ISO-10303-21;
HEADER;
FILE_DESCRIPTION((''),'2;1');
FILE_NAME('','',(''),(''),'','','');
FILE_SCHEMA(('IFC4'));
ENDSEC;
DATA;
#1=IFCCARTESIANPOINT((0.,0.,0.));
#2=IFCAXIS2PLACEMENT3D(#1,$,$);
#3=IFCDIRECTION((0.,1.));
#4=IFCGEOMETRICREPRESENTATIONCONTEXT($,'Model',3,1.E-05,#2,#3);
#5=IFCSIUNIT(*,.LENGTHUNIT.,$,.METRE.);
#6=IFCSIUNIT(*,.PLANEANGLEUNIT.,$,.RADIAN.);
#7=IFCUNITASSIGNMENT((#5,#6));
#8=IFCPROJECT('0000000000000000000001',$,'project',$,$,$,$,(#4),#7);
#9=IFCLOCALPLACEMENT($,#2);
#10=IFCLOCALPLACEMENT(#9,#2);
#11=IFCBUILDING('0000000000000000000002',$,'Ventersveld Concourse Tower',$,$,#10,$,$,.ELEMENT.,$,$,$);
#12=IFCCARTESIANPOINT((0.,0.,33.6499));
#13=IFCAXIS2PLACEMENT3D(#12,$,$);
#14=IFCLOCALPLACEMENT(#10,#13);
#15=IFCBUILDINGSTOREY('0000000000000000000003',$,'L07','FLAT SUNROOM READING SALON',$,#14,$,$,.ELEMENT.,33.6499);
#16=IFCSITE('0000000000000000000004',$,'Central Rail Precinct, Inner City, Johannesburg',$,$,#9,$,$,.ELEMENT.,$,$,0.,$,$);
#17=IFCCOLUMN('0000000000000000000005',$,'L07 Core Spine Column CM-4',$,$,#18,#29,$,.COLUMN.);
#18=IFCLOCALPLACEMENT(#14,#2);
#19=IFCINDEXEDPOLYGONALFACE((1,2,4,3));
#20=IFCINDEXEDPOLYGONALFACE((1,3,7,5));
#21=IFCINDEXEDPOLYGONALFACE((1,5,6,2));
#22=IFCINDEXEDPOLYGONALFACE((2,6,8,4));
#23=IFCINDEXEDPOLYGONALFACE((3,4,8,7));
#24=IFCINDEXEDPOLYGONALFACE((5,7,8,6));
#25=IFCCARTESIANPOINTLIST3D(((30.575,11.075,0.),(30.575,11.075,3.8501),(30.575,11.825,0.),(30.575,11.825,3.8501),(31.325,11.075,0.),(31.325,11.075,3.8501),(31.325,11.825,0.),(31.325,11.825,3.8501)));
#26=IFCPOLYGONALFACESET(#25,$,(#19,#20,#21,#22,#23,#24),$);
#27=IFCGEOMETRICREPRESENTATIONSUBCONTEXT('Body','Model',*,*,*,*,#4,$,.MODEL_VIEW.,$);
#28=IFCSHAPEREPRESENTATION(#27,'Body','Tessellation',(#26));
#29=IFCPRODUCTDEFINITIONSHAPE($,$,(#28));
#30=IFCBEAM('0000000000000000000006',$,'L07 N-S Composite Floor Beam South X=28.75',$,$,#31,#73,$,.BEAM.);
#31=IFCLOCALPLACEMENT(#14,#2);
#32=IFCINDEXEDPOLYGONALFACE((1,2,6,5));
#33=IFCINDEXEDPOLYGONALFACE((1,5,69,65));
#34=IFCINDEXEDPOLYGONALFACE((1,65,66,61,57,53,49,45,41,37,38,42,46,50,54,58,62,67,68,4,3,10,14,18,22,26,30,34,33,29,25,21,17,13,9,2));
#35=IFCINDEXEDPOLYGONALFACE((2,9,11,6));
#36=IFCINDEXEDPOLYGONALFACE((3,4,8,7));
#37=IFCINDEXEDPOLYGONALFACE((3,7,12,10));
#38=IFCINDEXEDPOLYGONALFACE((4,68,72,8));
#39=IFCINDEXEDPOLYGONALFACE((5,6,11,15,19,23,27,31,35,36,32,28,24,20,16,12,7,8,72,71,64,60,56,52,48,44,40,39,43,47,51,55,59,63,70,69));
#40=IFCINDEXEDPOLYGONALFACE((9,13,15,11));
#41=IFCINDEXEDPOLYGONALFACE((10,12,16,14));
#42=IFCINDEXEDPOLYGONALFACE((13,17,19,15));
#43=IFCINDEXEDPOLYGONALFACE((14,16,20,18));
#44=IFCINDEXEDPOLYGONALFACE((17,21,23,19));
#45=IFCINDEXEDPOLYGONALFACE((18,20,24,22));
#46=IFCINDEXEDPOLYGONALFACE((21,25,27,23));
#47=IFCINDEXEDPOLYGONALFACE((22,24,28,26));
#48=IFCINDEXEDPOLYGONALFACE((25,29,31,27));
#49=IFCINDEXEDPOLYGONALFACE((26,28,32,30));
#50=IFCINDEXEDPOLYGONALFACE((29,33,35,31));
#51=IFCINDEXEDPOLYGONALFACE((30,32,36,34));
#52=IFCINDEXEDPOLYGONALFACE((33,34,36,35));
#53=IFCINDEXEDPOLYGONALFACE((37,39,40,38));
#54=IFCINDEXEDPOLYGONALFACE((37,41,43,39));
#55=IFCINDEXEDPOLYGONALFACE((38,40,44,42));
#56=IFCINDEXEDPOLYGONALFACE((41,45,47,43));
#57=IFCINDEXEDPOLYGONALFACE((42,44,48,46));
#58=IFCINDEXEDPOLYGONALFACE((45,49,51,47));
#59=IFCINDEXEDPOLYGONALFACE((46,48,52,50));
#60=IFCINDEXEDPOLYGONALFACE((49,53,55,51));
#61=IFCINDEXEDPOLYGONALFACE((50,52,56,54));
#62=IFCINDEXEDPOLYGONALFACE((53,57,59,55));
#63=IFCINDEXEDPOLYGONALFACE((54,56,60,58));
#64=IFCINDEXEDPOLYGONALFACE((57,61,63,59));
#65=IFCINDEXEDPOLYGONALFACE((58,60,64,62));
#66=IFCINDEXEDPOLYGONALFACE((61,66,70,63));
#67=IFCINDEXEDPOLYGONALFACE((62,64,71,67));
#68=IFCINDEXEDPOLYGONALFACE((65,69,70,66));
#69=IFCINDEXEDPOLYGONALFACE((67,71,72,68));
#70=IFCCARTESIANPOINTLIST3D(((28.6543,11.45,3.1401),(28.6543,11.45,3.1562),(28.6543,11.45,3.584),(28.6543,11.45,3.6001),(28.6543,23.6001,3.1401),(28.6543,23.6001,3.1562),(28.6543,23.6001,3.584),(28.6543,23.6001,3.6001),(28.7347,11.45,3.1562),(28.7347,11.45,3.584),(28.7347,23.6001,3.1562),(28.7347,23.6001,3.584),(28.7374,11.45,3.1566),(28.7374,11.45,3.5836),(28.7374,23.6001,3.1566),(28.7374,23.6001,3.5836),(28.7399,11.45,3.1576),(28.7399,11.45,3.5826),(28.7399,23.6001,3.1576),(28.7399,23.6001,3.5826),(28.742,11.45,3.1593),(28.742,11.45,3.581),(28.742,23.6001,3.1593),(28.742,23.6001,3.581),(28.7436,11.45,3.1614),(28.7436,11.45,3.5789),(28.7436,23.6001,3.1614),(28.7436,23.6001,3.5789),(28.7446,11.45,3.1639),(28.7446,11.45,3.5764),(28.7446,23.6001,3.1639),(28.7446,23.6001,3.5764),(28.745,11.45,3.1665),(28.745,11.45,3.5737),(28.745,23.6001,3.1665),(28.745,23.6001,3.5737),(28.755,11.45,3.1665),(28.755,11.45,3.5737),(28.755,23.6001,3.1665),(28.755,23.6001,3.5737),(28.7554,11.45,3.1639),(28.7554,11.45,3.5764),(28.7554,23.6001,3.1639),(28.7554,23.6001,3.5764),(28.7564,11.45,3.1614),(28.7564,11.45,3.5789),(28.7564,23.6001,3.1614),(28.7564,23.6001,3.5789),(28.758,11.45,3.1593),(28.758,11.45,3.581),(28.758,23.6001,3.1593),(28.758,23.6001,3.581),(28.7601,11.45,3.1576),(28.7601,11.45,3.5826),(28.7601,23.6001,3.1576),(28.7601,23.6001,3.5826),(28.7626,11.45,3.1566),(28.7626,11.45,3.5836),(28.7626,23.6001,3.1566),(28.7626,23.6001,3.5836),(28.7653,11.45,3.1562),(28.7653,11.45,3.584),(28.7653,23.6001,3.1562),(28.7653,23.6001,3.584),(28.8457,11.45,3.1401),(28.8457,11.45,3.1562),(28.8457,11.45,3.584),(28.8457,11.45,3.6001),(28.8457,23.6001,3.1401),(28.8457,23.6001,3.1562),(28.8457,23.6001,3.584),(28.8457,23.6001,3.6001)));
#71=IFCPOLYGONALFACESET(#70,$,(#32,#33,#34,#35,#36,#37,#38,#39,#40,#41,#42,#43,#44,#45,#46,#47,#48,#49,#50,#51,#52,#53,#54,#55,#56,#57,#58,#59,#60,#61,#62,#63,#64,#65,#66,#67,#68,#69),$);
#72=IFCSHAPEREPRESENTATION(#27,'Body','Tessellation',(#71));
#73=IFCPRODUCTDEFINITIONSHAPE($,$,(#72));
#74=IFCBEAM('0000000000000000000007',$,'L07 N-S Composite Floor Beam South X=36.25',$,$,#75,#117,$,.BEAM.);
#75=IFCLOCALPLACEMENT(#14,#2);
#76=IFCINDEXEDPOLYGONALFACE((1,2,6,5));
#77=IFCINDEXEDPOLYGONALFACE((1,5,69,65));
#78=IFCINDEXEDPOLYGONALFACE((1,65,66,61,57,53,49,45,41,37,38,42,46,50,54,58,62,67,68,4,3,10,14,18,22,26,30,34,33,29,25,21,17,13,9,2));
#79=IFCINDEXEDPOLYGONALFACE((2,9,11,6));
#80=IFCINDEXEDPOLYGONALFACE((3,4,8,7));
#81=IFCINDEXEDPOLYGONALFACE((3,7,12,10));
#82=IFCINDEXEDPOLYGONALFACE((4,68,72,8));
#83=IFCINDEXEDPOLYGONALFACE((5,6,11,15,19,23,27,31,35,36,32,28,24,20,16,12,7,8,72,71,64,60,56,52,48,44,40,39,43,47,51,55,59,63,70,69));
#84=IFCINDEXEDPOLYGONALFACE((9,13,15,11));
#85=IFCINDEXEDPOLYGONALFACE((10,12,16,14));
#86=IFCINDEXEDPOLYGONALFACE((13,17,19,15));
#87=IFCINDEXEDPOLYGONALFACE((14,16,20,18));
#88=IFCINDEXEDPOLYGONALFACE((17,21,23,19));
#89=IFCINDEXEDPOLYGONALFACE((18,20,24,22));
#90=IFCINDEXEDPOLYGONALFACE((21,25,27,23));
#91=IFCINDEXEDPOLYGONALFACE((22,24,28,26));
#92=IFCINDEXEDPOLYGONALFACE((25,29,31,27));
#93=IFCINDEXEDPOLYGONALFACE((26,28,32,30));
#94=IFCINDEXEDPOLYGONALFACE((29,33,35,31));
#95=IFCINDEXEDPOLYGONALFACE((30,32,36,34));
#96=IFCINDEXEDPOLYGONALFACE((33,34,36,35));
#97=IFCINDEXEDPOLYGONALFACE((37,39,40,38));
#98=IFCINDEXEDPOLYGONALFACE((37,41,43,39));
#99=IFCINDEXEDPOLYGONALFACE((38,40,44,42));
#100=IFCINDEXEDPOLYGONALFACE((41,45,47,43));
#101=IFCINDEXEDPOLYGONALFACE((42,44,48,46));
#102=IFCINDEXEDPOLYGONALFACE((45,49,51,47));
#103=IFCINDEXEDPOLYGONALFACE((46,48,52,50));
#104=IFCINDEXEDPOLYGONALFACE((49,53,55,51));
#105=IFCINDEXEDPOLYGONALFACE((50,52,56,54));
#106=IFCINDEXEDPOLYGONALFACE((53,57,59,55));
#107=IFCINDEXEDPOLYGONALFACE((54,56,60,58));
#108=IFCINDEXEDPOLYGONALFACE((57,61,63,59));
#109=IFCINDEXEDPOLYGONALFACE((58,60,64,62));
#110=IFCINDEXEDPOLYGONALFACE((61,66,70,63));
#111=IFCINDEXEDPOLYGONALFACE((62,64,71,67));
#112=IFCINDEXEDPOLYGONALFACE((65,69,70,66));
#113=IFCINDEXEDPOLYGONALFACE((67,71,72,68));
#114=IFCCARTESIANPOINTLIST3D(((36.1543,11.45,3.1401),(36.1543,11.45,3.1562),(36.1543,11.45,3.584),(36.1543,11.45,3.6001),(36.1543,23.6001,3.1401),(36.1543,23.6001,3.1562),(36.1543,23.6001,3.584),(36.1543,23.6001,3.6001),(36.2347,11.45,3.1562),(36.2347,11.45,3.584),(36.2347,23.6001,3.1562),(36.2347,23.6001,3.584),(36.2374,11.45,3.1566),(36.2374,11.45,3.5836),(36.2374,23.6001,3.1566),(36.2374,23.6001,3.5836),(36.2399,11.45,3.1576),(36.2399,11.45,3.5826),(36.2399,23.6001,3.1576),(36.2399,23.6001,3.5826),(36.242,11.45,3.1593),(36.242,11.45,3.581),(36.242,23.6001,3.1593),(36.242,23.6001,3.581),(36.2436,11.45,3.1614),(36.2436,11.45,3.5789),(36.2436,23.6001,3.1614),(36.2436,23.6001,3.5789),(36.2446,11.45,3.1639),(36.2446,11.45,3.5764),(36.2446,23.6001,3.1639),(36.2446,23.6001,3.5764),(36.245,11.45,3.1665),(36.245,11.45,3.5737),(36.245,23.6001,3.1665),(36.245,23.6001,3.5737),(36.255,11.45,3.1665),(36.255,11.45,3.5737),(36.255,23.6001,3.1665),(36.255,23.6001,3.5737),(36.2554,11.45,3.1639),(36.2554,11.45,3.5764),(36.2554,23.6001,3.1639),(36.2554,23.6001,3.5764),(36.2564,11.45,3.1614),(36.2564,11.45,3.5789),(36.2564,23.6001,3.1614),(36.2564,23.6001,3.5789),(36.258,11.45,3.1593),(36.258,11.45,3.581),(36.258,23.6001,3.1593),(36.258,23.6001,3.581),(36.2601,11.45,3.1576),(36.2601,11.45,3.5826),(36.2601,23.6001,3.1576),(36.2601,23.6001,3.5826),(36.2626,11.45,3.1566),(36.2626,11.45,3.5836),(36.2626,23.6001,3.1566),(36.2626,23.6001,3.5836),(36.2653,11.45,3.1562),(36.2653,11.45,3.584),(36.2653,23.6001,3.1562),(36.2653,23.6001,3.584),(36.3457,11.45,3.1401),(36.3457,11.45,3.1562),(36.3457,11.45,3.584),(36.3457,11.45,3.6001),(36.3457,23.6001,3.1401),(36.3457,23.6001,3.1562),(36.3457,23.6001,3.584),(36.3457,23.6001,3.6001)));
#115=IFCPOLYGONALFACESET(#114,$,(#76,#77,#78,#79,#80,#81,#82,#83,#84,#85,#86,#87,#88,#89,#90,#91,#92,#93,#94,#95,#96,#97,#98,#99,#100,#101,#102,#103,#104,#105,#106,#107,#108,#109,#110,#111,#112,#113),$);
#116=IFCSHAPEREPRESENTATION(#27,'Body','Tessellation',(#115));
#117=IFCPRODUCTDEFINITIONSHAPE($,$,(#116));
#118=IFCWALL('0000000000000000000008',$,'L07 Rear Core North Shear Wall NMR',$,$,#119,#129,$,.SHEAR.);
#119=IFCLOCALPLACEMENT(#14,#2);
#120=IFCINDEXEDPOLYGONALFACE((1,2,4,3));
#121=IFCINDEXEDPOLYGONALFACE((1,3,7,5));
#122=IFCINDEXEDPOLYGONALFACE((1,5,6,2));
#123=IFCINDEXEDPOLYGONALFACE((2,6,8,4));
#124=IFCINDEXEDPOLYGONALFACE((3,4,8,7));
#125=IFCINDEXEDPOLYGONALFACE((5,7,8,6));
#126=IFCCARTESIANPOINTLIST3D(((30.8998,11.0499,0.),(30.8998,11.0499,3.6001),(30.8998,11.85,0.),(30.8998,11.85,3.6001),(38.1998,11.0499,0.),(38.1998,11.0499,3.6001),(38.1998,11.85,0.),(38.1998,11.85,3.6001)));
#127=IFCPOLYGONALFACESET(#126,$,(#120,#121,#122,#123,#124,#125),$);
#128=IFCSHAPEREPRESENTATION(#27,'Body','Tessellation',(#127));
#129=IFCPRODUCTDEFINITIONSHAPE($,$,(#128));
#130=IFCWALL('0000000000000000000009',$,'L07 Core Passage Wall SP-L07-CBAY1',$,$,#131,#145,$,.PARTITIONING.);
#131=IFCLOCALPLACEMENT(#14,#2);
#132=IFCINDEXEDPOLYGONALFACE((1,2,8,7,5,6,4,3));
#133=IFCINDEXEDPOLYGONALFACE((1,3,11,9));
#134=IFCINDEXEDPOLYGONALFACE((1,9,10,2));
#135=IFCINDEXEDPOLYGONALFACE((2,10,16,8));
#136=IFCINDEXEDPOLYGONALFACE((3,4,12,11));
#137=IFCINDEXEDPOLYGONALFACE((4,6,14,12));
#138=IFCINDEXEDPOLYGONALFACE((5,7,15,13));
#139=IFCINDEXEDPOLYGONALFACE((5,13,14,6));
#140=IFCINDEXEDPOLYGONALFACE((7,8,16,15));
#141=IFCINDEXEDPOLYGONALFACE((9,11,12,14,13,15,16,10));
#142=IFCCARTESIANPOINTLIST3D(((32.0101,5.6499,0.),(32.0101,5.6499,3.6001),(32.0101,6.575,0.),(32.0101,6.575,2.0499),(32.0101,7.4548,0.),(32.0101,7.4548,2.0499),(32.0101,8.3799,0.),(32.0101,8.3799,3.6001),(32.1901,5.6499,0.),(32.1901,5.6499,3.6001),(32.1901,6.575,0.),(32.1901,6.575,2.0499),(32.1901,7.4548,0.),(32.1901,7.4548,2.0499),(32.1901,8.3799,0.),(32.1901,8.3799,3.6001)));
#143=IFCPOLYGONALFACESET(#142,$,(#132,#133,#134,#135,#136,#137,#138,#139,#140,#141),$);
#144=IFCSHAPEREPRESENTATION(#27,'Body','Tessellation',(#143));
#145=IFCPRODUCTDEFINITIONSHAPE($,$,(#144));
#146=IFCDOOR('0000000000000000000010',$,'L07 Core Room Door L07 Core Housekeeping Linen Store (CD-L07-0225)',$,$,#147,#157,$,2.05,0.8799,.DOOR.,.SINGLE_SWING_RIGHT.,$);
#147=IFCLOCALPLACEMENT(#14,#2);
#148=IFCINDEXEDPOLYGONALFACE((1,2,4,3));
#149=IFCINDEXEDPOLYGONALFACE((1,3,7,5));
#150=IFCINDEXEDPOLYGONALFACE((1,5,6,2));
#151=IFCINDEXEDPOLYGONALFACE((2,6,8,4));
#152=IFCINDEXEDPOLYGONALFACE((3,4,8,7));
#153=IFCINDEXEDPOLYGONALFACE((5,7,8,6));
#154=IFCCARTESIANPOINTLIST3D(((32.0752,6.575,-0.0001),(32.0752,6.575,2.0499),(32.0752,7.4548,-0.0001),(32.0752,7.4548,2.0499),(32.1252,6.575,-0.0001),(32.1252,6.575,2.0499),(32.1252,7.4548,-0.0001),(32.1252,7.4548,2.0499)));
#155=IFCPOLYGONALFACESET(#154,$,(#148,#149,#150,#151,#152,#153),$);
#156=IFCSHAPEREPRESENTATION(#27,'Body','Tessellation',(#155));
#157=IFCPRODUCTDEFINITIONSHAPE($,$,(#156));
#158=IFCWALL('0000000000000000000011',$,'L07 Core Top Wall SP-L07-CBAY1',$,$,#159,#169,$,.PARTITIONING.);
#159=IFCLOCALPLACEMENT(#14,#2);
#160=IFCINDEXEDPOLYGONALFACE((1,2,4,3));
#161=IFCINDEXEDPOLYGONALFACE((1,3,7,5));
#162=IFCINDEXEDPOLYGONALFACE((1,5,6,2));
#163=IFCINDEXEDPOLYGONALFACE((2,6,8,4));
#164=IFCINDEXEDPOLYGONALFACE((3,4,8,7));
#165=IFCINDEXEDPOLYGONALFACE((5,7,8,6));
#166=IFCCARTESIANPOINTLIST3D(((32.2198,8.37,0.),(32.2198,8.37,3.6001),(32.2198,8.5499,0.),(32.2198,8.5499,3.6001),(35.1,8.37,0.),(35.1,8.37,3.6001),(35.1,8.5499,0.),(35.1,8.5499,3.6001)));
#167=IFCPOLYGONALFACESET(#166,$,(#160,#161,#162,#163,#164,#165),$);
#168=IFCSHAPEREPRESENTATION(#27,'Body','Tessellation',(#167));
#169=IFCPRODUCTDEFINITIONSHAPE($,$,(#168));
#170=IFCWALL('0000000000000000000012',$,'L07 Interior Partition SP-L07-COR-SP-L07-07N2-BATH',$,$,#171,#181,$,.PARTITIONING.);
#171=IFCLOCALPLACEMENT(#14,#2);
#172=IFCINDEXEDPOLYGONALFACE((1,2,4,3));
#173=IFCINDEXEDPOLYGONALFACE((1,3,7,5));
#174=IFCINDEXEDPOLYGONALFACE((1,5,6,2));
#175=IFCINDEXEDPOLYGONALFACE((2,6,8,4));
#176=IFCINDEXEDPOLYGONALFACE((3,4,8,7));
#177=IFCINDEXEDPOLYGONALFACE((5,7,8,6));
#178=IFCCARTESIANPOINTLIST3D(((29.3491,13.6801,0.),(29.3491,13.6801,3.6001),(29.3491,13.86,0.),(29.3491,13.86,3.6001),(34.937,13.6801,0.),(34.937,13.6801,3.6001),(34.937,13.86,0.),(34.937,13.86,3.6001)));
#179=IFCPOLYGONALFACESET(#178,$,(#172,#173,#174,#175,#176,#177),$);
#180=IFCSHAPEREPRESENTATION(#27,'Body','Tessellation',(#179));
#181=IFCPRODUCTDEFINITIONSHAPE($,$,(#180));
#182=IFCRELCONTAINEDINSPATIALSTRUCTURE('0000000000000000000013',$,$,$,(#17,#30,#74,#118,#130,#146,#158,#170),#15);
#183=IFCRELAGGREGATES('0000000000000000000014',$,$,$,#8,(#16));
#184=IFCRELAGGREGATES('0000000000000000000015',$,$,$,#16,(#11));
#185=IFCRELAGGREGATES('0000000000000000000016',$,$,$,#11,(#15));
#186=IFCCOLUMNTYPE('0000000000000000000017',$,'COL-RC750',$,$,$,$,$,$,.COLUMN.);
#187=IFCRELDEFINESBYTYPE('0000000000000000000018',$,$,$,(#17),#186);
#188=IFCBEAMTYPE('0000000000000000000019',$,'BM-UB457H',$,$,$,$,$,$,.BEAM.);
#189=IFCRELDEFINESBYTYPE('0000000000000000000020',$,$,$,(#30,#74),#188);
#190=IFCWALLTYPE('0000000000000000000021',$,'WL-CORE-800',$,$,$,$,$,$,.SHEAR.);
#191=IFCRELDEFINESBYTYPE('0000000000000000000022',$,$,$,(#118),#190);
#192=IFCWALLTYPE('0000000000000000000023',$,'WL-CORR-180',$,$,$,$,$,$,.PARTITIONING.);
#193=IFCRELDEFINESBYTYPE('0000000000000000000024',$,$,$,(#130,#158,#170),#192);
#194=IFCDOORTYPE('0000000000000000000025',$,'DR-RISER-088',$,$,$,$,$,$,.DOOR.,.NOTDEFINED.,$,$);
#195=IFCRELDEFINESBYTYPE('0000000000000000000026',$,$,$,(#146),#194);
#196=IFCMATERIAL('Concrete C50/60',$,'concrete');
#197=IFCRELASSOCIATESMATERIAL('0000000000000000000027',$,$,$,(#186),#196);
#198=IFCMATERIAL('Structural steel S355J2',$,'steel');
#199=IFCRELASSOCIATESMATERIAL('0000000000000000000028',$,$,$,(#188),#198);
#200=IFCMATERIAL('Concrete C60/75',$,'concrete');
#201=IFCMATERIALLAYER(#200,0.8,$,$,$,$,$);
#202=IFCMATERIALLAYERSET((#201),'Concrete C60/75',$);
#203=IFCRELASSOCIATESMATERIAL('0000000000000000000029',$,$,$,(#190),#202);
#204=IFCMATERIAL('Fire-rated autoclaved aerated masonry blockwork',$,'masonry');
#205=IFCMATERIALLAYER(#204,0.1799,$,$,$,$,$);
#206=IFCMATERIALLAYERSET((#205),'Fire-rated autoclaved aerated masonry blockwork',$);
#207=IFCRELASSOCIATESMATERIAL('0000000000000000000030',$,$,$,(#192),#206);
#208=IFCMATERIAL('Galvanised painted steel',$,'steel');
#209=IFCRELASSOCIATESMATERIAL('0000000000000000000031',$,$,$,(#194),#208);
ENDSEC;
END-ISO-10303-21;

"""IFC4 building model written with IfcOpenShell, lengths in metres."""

from ifc_helpers import new_model, si_unit, direction, frame, frame_2d, origin, origin_2d, place, context, subcontext, project, spatial, rectangle, i_section, extrude, material, layer, layer_set, material_profile, profile_set, type_object, element, fill, save


model = new_model("IFC4")

# Units and contexts
model_context = context("Model", 3, precision=1e-05, world=origin(), true_north=direction((0.0, 1.0)))
body_context = subcontext(model_context, "Body", "Model", "MODEL_VIEW")
ifc_project = project(units=[si_unit("LENGTHUNIT", "METRE"), si_unit("PLANEANGLEUNIT", "RADIAN")], contexts=[model_context])

# Site, building, storey
site_placement = place(None, origin())
site = spatial("IfcSite", under=ifc_project, at=site_placement, Name="Central Rail Precinct, Inner City, Johannesburg", CompositionType="ELEMENT", RefElevation=0.0)
building_placement = place(site_placement, origin())
building = spatial("IfcBuilding", under=site, at=building_placement, Name="Ventersveld Concourse Tower", CompositionType="ELEMENT")
storey_placement = place(building_placement, frame((0.0, 0.0, 33.6499)))
storey = spatial("IfcBuildingStorey", under=building, at=storey_placement, Name="L07", Description="FLAT SUNROOM READING SALON", CompositionType="ELEMENT", Elevation=33.6499)

# Column
ifc_material_1 = material(Name="Concrete C50/60", Category="concrete")
ifc_material_profile_1 = material_profile(ifc_material_1, rectangle(XDim=0.75, YDim=0.75, at=origin_2d()), Name="RC 750x750")
ifc_profile_set_1 = profile_set([ifc_material_profile_1], Name="Concrete C50/60")
column_type = type_object("IfcColumnType", Name="COL-RC750", PredefinedType="COLUMN", material=ifc_profile_set_1)
column_placement = place(storey_placement, frame((30.95, 11.45, 0.0), z_axis=(0.0, 0.0, 1.0), x_axis=(1.0, 0.0, 0.0)))
element("IfcColumn", 1, at=column_placement, inside=storey, type_object=column_type, Name="L07 Core Spine Column CM-4", PredefinedType="COLUMN", context=body_context, shape_type="SweptSolid", body=[
    extrude(rectangle(XDim=0.75, YDim=0.75, at=origin_2d()), origin(), (0.0, 0.0, 1.0), 3.8501),
])

# Beams
ifc_material_2 = material(Name="Structural steel S355J2", Category="steel")
ifc_material_profile_2 = material_profile(ifc_material_2, i_section(OverallWidth=0.1914, OverallDepth=0.46, WebThickness=0.01, FlangeThickness=0.0161, FilletRadius=0.0103, at=origin_2d()), Name="UB 457x191x82")
ifc_profile_set_2 = profile_set([ifc_material_profile_2], Name="Structural steel S355J2")
beam_type = type_object("IfcBeamType", Name="BM-UB457H", PredefinedType="BEAM", material=ifc_profile_set_2)
for number, where, z_axis, x_axis, name in (
    (2, (28.75, 11.45, 3.3701), (0.0, 1.0, 0.0), (-1.0, 0.0, 0.0), "L07 N-S Composite Floor Beam South X=28.75"),
    (3, (36.25, 11.45, 3.3701), (0.0, 1.0, 0.0), (-1.0, 0.0, 0.0), "L07 N-S Composite Floor Beam South X=36.25"),
):
    element("IfcBeam", number, at=place(storey_placement, frame(where, z_axis=z_axis, x_axis=x_axis)), inside=storey, type_object=beam_type, Name=name, PredefinedType="BEAM", context=body_context, shape_type="SweptSolid", body=[
        extrude(i_section(OverallWidth=0.1914, OverallDepth=0.46, WebThickness=0.01, FlangeThickness=0.0161, FilletRadius=0.0103, at=origin_2d()), origin(), (0.0, 0.0, 1.0), 12.1501),
    ])

# Wall
ifc_material_3 = material(Name="Concrete C60/75", Category="concrete")
ifc_layer_1 = layer(ifc_material_3, 0.8)
ifc_layer_set_1 = layer_set([ifc_layer_1], Name="Concrete C60/75")
wall_type_1 = type_object("IfcWallType", Name="WL-CORE-800", PredefinedType="SHEAR", material=ifc_layer_set_1)
wall_1_placement = place(storey_placement, frame((30.8999, 11.45, 0.0), z_axis=(0.0, 0.0, 1.0), x_axis=(1.0, 0.0, 0.0)))
element("IfcWall", 4, at=wall_1_placement, inside=storey, type_object=wall_type_1, Name="L07 Rear Core North Shear Wall NMR", PredefinedType="SHEAR", context=body_context, shape_type="SweptSolid", body=[
    extrude(rectangle(XDim=7.3, YDim=0.8, at=frame_2d((3.6499, 0.0))), origin(), (0.0, 0.0, 1.0), 3.6001),
])

# Wall, opening, door
ifc_material_4 = material(Name="Fire-rated autoclaved aerated masonry blockwork", Category="masonry")
ifc_layer_2 = layer(ifc_material_4, 0.1799)
ifc_layer_set_2 = layer_set([ifc_layer_2], Name="Fire-rated autoclaved aerated masonry blockwork")
wall_type_2 = type_object("IfcWallType", Name="WL-CORR-180", PredefinedType="PARTITIONING", material=ifc_layer_set_2)
wall_2_placement = place(storey_placement, frame((32.1001, 5.6499, 0.0), z_axis=(0.0, 0.0, 1.0), x_axis=(0.0, 1.0, 0.0)))
wall_2 = element("IfcWall", 5, at=wall_2_placement, inside=storey, type_object=wall_type_2, Name="L07 Core Passage Wall SP-L07-CBAY1", PredefinedType="PARTITIONING", context=body_context, shape_type="SweptSolid", body=[
    extrude(rectangle(XDim=2.73, YDim=0.1799, at=frame_2d((1.365, 0.0))), origin(), (0.0, 0.0, 1.0), 3.6001),
])
opening_1_placement = place(wall_2_placement, frame((0.925, 0.0, 0.0)))
opening_1 = element("IfcOpeningElement", 6, at=opening_1_placement, cuts=wall_2, PredefinedType="OPENING", context=body_context, shape_type="SweptSolid", body=[
    extrude(rectangle(XDim=0.8799, YDim=2.05, at=frame_2d((0.4399, 1.0249))), frame((0.0, 0.1001, 0.0), z_axis=(0.0, -1.0, 0.0), x_axis=(1.0, 0.0, 0.0)), (0.0, 0.0, 1.0), 0.2),
])
ifc_material_5 = material(Name="Galvanised painted steel", Category="steel")
door_type_1 = type_object("IfcDoorType", Name="DR-RISER-088", OperationType="NOTDEFINED", PredefinedType="DOOR", material=ifc_material_5)
door_1_placement = place(opening_1_placement, origin())
door_1 = element("IfcDoor", 7, at=door_1_placement, inside=storey, type_object=door_type_1, Name="L07 Core Room Door L07 Core Housekeeping Linen Store (CD-L07-0225)", OperationType="SINGLE_SWING_RIGHT", OverallHeight=2.05, OverallWidth=0.8799, PredefinedType="DOOR", context=body_context, shape_type="SweptSolid", body=[
    extrude(rectangle(XDim=0.8799, YDim=2.05, at=frame_2d((0.4399, 1.0249))), frame((0.0, 0.0249, 0.0), z_axis=(0.0, -1.0, 0.0), x_axis=(1.0, 0.0, 0.0)), (0.0, 0.0, 1.0), 0.05),
])
fill(opening_1, door_1)

# Wall
wall_3_placement = place(storey_placement, frame((32.22, 8.46, 0.0), z_axis=(0.0, 0.0, 1.0), x_axis=(1.0, 0.0, 0.0)))
element("IfcWall", 8, at=wall_3_placement, inside=storey, type_object=wall_type_2, Name="L07 Core Top Wall SP-L07-CBAY1", PredefinedType="PARTITIONING", context=body_context, shape_type="SweptSolid", body=[
    extrude(rectangle(XDim=2.8801, YDim=0.1799, at=frame_2d((1.4399, 0.0))), origin(), (0.0, 0.0, 1.0), 3.6001),
])

# Wall
wall_4_placement = place(storey_placement, frame((29.3491, 13.77, 0.0), z_axis=(0.0, 0.0, 1.0), x_axis=(1.0, 0.0, 0.0)))
element("IfcWall", 9, at=wall_4_placement, inside=storey, type_object=wall_type_2, Name="L07 Interior Partition SP-L07-COR-SP-L07-07N2-BATH", PredefinedType="PARTITIONING", context=body_context, shape_type="SweptSolid", body=[
    extrude(rectangle(XDim=5.5879, YDim=0.1799, at=frame_2d((2.7939, 0.0))), origin(), (0.0, 0.0, 1.0), 3.6001),
])

save(model, "model.ifc")
